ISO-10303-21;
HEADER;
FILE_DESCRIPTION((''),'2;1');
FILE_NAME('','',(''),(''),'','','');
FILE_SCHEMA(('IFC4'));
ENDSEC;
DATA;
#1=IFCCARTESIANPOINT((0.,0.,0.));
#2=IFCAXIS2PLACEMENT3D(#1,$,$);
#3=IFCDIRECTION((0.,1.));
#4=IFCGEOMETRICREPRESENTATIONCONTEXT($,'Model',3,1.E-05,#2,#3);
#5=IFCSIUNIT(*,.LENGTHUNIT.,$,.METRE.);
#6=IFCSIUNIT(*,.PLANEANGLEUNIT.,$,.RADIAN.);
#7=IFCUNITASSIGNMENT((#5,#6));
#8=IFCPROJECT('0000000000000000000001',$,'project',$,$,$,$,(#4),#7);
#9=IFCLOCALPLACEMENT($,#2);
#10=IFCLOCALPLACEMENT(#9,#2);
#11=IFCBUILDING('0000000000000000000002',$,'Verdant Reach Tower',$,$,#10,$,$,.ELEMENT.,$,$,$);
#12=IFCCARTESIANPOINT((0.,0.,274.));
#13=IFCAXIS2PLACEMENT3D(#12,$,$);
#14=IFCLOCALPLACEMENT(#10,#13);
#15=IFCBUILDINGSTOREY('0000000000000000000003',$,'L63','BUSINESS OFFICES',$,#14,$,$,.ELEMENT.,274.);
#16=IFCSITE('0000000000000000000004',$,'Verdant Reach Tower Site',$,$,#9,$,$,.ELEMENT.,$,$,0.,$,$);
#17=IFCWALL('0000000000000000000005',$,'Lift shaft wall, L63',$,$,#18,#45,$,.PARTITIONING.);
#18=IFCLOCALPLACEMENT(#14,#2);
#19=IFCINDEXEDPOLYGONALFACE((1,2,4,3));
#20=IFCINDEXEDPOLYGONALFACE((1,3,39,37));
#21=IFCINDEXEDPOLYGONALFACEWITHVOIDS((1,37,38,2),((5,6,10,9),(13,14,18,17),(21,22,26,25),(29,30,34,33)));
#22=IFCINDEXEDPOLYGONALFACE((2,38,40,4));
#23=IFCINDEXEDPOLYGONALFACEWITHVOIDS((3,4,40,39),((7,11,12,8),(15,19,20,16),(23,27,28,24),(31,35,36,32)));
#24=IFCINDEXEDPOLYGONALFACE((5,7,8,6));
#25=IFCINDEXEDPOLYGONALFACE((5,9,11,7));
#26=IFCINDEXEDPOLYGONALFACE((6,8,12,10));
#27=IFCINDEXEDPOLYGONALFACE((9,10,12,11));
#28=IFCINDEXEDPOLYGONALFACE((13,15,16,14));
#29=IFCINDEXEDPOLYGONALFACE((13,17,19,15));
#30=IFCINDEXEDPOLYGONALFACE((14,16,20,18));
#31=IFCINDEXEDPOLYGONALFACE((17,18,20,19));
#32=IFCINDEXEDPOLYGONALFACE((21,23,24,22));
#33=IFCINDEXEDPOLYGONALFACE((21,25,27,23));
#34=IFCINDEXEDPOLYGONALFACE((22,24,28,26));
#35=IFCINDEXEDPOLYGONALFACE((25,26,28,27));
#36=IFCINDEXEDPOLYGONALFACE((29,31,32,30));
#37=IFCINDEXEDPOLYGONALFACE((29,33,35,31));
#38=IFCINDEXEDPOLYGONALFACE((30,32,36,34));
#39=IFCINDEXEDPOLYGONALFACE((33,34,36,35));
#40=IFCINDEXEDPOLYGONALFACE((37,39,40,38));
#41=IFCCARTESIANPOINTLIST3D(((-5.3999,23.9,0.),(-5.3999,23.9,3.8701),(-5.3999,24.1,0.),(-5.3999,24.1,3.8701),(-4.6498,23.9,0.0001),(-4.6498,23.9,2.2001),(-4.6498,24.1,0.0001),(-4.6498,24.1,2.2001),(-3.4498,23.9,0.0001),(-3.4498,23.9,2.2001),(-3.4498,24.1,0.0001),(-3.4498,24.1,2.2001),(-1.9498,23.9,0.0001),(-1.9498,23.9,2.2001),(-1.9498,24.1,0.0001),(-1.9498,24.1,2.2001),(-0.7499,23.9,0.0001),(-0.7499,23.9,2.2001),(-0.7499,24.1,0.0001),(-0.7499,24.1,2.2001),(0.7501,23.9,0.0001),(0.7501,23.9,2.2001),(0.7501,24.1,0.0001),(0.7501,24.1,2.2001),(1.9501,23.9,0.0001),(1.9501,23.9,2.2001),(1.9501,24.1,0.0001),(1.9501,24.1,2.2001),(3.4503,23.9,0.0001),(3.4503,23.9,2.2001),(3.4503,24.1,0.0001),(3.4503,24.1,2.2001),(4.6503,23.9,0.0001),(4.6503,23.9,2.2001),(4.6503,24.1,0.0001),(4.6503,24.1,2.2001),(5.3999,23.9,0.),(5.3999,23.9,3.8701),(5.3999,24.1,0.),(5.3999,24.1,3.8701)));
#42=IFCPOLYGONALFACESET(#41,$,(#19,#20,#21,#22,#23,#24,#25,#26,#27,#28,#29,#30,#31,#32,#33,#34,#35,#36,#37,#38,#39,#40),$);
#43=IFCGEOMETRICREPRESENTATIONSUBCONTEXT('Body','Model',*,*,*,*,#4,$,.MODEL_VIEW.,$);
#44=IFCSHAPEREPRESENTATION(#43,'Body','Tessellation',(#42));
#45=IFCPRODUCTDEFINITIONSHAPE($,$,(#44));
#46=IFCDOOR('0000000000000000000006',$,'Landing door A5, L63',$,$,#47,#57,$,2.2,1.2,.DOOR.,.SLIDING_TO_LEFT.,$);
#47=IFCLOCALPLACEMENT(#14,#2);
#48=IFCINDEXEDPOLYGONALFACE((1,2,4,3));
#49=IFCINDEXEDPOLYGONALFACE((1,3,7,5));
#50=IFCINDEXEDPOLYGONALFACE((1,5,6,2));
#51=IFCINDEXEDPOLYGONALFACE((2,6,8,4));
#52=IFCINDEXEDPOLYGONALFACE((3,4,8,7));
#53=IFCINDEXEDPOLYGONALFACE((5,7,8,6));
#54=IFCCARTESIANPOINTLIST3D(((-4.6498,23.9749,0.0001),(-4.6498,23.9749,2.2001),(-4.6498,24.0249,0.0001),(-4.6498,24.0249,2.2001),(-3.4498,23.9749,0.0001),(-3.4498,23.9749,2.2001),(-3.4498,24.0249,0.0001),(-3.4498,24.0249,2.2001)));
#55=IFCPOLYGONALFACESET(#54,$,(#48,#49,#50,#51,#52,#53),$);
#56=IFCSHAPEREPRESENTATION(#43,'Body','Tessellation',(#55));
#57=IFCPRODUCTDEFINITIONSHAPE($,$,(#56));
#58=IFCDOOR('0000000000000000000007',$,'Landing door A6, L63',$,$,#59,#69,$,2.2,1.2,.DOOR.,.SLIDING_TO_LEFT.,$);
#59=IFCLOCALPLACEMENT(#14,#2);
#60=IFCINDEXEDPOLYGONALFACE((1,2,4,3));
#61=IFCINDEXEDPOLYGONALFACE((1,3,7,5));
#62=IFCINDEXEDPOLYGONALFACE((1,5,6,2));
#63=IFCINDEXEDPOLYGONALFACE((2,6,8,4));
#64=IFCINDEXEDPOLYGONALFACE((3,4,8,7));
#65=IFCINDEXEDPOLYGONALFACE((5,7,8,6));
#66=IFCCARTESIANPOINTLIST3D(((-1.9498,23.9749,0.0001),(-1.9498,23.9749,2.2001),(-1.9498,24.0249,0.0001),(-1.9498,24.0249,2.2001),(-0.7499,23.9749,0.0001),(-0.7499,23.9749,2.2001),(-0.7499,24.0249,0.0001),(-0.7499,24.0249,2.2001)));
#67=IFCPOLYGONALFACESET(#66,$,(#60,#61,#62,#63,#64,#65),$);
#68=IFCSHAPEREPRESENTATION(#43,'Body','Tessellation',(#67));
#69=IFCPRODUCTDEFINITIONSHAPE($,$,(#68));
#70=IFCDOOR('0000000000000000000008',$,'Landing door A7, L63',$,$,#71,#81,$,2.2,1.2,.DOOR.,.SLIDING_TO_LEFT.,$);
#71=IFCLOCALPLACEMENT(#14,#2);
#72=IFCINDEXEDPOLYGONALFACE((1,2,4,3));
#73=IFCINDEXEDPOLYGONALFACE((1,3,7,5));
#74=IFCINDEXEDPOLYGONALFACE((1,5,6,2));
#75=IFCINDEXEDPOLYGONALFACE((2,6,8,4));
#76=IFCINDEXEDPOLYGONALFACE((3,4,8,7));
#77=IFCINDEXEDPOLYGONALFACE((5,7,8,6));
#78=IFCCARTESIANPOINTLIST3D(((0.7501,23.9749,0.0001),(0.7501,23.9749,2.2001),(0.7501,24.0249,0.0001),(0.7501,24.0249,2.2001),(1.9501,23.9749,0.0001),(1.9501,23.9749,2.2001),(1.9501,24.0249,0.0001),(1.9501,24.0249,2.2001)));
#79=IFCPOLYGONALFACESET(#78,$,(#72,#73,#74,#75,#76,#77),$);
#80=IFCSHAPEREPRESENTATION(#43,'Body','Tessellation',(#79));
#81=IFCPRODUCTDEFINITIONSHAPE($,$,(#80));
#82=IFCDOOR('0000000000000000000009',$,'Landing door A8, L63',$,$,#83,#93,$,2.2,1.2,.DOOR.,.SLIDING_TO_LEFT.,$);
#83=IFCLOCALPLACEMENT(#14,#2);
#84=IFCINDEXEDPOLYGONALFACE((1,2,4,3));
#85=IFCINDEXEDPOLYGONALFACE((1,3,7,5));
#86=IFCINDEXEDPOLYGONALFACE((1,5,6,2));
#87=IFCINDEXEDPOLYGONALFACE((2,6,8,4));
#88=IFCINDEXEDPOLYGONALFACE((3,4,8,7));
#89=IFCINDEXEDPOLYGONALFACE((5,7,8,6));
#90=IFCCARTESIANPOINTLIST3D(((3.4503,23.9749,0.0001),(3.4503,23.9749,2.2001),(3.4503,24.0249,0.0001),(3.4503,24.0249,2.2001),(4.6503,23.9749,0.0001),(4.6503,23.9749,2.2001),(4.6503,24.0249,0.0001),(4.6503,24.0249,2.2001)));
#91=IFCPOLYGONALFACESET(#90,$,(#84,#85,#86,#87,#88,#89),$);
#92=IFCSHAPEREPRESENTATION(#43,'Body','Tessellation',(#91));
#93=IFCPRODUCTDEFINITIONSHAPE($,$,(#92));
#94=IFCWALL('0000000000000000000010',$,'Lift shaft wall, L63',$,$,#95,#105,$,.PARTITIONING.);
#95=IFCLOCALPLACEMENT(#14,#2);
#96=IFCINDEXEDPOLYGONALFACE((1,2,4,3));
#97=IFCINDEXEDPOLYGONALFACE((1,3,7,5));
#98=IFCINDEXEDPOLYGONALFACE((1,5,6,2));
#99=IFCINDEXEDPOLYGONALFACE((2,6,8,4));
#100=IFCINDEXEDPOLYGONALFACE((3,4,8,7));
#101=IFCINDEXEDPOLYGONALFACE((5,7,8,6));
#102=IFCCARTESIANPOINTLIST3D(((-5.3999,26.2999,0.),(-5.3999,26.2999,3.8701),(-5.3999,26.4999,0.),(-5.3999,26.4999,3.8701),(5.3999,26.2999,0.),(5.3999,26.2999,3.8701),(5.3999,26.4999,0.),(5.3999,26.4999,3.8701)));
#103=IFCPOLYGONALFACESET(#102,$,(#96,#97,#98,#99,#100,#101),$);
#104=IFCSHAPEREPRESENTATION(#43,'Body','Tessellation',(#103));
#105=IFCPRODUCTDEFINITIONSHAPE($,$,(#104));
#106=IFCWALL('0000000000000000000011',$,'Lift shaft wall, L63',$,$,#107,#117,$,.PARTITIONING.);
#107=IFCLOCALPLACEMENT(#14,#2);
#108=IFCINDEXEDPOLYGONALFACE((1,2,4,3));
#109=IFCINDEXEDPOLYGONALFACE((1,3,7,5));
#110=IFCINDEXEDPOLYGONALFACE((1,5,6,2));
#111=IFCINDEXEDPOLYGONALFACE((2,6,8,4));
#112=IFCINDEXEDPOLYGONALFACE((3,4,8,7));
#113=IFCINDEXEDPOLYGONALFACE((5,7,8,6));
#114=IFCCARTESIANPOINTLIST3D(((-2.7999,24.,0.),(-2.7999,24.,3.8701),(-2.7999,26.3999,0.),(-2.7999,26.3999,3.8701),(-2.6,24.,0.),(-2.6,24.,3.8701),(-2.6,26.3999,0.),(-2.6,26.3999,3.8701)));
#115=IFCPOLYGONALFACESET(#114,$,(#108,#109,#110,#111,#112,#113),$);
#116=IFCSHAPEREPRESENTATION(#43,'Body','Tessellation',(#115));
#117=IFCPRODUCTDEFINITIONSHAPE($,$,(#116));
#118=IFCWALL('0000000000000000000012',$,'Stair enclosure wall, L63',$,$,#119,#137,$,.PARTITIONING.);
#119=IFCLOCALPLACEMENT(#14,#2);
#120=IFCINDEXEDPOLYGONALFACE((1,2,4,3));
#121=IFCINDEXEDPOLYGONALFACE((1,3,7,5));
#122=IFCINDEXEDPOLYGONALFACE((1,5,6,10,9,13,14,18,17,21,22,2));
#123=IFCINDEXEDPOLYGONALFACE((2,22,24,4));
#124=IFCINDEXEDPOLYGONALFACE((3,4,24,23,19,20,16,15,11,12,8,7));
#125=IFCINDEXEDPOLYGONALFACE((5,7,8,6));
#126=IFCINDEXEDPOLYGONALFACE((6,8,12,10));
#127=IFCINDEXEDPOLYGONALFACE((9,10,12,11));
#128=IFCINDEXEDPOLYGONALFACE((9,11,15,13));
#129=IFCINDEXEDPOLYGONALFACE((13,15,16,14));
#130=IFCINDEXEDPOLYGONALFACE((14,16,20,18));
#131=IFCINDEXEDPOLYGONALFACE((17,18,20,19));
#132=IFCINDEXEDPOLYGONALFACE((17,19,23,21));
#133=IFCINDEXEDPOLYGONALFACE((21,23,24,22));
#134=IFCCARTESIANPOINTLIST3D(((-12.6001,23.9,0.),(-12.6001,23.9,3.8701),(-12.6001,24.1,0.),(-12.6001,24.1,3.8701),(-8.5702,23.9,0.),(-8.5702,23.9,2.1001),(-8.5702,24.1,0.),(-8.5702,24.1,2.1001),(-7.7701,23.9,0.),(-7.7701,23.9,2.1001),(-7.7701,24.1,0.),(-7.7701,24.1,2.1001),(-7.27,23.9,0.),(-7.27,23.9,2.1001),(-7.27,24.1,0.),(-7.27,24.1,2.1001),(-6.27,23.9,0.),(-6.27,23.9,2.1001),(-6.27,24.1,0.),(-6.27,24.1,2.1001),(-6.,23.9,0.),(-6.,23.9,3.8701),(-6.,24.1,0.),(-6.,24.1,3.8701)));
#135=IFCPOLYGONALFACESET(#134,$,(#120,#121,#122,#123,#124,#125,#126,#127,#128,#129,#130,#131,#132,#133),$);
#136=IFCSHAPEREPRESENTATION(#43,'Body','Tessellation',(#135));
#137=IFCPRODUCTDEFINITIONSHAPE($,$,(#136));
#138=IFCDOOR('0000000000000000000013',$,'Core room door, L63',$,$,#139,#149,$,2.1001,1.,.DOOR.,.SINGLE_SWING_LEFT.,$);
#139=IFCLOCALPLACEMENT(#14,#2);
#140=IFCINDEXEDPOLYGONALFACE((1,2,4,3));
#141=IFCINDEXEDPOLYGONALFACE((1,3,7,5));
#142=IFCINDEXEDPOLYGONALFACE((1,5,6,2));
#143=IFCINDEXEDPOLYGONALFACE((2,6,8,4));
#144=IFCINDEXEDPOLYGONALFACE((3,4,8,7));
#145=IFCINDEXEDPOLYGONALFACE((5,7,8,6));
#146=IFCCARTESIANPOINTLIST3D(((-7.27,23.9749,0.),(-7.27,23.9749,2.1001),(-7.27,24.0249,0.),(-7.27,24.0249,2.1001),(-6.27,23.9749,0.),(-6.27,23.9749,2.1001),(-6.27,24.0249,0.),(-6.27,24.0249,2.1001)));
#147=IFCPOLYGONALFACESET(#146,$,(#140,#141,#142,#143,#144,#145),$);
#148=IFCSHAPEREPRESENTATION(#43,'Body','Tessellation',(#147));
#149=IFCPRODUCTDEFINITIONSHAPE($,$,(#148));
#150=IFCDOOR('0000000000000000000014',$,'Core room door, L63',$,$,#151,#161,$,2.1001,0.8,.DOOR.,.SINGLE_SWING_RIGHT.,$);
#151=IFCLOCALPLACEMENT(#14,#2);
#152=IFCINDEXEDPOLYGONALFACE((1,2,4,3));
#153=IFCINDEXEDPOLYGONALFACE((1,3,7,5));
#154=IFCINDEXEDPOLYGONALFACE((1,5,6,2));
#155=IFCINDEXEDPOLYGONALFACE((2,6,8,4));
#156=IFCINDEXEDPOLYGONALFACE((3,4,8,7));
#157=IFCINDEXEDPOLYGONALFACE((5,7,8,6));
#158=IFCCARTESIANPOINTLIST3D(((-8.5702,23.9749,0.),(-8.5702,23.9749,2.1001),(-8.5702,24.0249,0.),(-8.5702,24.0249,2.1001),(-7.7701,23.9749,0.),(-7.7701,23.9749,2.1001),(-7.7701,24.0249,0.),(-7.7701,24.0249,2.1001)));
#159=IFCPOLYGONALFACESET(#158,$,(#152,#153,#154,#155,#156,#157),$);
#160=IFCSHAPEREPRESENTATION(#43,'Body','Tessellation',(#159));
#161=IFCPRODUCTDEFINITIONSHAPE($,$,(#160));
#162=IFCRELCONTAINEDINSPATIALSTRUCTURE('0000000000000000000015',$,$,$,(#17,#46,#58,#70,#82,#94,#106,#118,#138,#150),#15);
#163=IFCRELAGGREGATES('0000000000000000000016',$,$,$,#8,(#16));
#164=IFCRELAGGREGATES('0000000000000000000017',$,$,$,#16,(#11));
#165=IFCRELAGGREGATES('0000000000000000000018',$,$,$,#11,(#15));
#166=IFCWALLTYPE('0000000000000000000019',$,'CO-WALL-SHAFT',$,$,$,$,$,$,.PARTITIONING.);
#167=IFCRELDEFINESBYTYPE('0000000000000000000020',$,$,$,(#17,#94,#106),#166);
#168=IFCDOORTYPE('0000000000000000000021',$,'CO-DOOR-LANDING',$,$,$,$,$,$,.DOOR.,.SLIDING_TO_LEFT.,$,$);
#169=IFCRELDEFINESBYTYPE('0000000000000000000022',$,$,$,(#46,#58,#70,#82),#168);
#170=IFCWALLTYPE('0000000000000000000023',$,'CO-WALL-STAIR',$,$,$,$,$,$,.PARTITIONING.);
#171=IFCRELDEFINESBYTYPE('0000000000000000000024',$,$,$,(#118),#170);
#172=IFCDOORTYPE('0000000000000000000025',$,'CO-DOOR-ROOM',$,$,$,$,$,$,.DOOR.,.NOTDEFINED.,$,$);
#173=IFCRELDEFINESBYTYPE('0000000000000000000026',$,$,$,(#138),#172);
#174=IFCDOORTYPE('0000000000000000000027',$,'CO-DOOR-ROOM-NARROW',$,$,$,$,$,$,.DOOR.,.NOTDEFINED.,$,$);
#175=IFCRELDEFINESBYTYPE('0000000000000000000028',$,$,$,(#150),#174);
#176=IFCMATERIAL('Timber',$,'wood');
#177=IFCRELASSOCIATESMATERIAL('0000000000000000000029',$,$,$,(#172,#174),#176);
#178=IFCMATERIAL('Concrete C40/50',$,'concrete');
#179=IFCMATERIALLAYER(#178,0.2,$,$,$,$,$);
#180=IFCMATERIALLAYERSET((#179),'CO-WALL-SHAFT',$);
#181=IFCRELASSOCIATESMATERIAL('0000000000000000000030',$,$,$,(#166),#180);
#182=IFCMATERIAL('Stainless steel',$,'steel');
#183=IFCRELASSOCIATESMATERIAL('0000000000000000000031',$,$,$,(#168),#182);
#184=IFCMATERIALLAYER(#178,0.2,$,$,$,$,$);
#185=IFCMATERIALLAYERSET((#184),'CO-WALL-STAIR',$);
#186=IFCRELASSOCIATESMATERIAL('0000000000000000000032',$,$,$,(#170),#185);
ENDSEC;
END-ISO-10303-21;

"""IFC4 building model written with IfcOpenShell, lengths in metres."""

from ifc_helpers import new_model, si_unit, direction, frame, frame_2d, origin, place, context, subcontext, project, spatial, rectangle, extrude, material, layer, layer_set, type_object, element, fill, save


model = new_model("IFC4")

# Units and contexts
model_context = context("Model", 3, precision=1e-05, world=origin(), true_north=direction((0.0, 1.0)))
body_context = subcontext(model_context, "Body", "Model", "MODEL_VIEW")
ifc_project = project(units=[si_unit("LENGTHUNIT", "METRE"), si_unit("PLANEANGLEUNIT", "RADIAN")], contexts=[model_context])

# Site, building, storey
site_placement = place(None, origin())
site = spatial("IfcSite", under=ifc_project, at=site_placement, Name="Verdant Reach Tower Site", CompositionType="ELEMENT", RefElevation=0.0)
building_placement = place(site_placement, origin())
building = spatial("IfcBuilding", under=site, at=building_placement, Name="Verdant Reach Tower", CompositionType="ELEMENT")
storey_placement = place(building_placement, frame((0.0, 0.0, 274.0)))
storey = spatial("IfcBuildingStorey", under=building, at=storey_placement, Name="L63", Description="BUSINESS OFFICES", CompositionType="ELEMENT", Elevation=274.0)

# Shared definitions
ifc_material_1 = material(Name="Timber", Category="wood")
door_type_1 = type_object("IfcDoorType", Name="CO-DOOR-ROOM", OperationType="NOTDEFINED", PredefinedType="DOOR", material=ifc_material_1)

# Wall, openings, doors
ifc_material_2 = material(Name="Concrete C40/50", Category="concrete")
ifc_layer_1 = layer(ifc_material_2, 0.2)
ifc_layer_set_1 = layer_set([ifc_layer_1], Name="CO-WALL-SHAFT")
wall_type_1 = type_object("IfcWallType", Name="CO-WALL-SHAFT", PredefinedType="PARTITIONING", material=ifc_layer_set_1)
ifc_material_3 = material(Name="Stainless steel", Category="steel")
door_type_2 = type_object("IfcDoorType", Name="CO-DOOR-LANDING", OperationType="SLIDING_TO_LEFT", PredefinedType="DOOR", material=ifc_material_3)
wall_1_placement = place(storey_placement, frame((-5.3999, 24.0, 0.0), z_axis=(0.0, 0.0, 1.0), x_axis=(1.0, 0.0, 0.0)))
wall_1 = element("IfcWall", 1, at=wall_1_placement, inside=storey, type_object=wall_type_1, Name="Lift shaft wall, L63", PredefinedType="PARTITIONING", context=body_context, shape_type="SweptSolid", body=[
    extrude(rectangle(XDim=10.7998, YDim=0.2, at=frame_2d((5.3999, 0.0))), origin(), (0.0, 0.0, 1.0), 3.8701),
])
opening_1_placement = place(wall_1_placement, frame((0.75, 0.0, 0.0)))
opening_1 = element("IfcOpeningElement", 2, at=opening_1_placement, cuts=wall_1, PredefinedType="OPENING", context=body_context, shape_type="SweptSolid", body=[
    extrude(rectangle(XDim=1.2, YDim=2.2, at=frame_2d((0.6001, 1.1001))), frame((0.0, 0.1099, 0.0), z_axis=(0.0, -1.0, 0.0), x_axis=(1.0, 0.0, 0.0)), (0.0, 0.0, 1.0), 0.22),
])
opening_2_placement = place(wall_1_placement, frame((3.45, 0.0, 0.0)))
opening_2 = element("IfcOpeningElement", 3, at=opening_2_placement, cuts=wall_1, PredefinedType="OPENING", context=body_context, shape_type="SweptSolid", body=[
    extrude(rectangle(XDim=1.2, YDim=2.2, at=frame_2d((0.6001, 1.1001))), frame((0.0, 0.1099, 0.0), z_axis=(0.0, -1.0, 0.0), x_axis=(1.0, 0.0, 0.0)), (0.0, 0.0, 1.0), 0.22),
])
opening_3_placement = place(wall_1_placement, frame((6.1499, 0.0, 0.0)))
opening_3 = element("IfcOpeningElement", 4, at=opening_3_placement, cuts=wall_1, PredefinedType="OPENING", context=body_context, shape_type="SweptSolid", body=[
    extrude(rectangle(XDim=1.2, YDim=2.2, at=frame_2d((0.6001, 1.1001))), frame((0.0, 0.1099, 0.0), z_axis=(0.0, -1.0, 0.0), x_axis=(1.0, 0.0, 0.0)), (0.0, 0.0, 1.0), 0.22),
])
opening_4_placement = place(wall_1_placement, frame((8.8501, 0.0, 0.0)))
opening_4 = element("IfcOpeningElement", 5, at=opening_4_placement, cuts=wall_1, PredefinedType="OPENING", context=body_context, shape_type="SweptSolid", body=[
    extrude(rectangle(XDim=1.2, YDim=2.2, at=frame_2d((0.6001, 1.1001))), frame((0.0, 0.1099, 0.0), z_axis=(0.0, -1.0, 0.0), x_axis=(1.0, 0.0, 0.0)), (0.0, 0.0, 1.0), 0.22),
])
door_1_placement = place(opening_1_placement, origin())
door_1 = element("IfcDoor", 6, at=door_1_placement, inside=storey, type_object=door_type_2, Name="Landing door A5, L63", OperationType="SLIDING_TO_LEFT", OverallHeight=2.2, OverallWidth=1.2, PredefinedType="DOOR", context=body_context, shape_type="SweptSolid", body=[
    extrude(rectangle(XDim=1.2, YDim=2.2, at=frame_2d((0.6001, 1.1001))), frame((0.0, 0.0249, 0.0), z_axis=(0.0, -1.0, 0.0), x_axis=(1.0, 0.0, 0.0)), (0.0, 0.0, 1.0), 0.05),
])
fill(opening_1, door_1)
door_2_placement = place(opening_2_placement, origin())
door_2 = element("IfcDoor", 7, at=door_2_placement, inside=storey, type_object=door_type_2, Name="Landing door A6, L63", OperationType="SLIDING_TO_LEFT", OverallHeight=2.2, OverallWidth=1.2, PredefinedType="DOOR", context=body_context, shape_type="SweptSolid", body=[
    extrude(rectangle(XDim=1.2, YDim=2.2, at=frame_2d((0.6001, 1.1001))), frame((0.0, 0.0249, 0.0), z_axis=(0.0, -1.0, 0.0), x_axis=(1.0, 0.0, 0.0)), (0.0, 0.0, 1.0), 0.05),
])
fill(opening_2, door_2)
door_3_placement = place(opening_3_placement, origin())
door_3 = element("IfcDoor", 8, at=door_3_placement, inside=storey, type_object=door_type_2, Name="Landing door A7, L63", OperationType="SLIDING_TO_LEFT", OverallHeight=2.2, OverallWidth=1.2, PredefinedType="DOOR", context=body_context, shape_type="SweptSolid", body=[
    extrude(rectangle(XDim=1.2, YDim=2.2, at=frame_2d((0.6001, 1.1001))), frame((0.0, 0.0249, 0.0), z_axis=(0.0, -1.0, 0.0), x_axis=(1.0, 0.0, 0.0)), (0.0, 0.0, 1.0), 0.05),
])
fill(opening_3, door_3)
door_4_placement = place(opening_4_placement, origin())
door_4 = element("IfcDoor", 9, at=door_4_placement, inside=storey, type_object=door_type_2, Name="Landing door A8, L63", OperationType="SLIDING_TO_LEFT", OverallHeight=2.2, OverallWidth=1.2, PredefinedType="DOOR", context=body_context, shape_type="SweptSolid", body=[
    extrude(rectangle(XDim=1.2, YDim=2.2, at=frame_2d((0.6001, 1.1001))), frame((0.0, 0.0249, 0.0), z_axis=(0.0, -1.0, 0.0), x_axis=(1.0, 0.0, 0.0)), (0.0, 0.0, 1.0), 0.05),
])
fill(opening_4, door_4)

# Walls
wall_2_placement = place(storey_placement, frame((-5.3999, 26.3999, 0.0), z_axis=(0.0, 0.0, 1.0), x_axis=(1.0, 0.0, 0.0)))
element("IfcWall", 10, at=wall_2_placement, inside=storey, type_object=wall_type_1, Name="Lift shaft wall, L63", PredefinedType="PARTITIONING", context=body_context, shape_type="SweptSolid", body=[
    extrude(rectangle(XDim=10.7998, YDim=0.2, at=frame_2d((5.3999, 0.0))), origin(), (0.0, 0.0, 1.0), 3.8701),
])
wall_3_placement = place(storey_placement, frame((-2.7, 24.0, 0.0), z_axis=(0.0, 0.0, 1.0), x_axis=(0.0, 1.0, 0.0)))
element("IfcWall", 11, at=wall_3_placement, inside=storey, type_object=wall_type_1, Name="Lift shaft wall, L63", PredefinedType="PARTITIONING", context=body_context, shape_type="SweptSolid", body=[
    extrude(rectangle(XDim=2.3999, YDim=0.2, at=frame_2d((1.2, 0.0))), origin(), (0.0, 0.0, 1.0), 3.8701),
])

# Wall, openings, doors
ifc_layer_2 = layer(ifc_material_2, 0.2)
ifc_layer_set_2 = layer_set([ifc_layer_2], Name="CO-WALL-STAIR")
wall_type_2 = type_object("IfcWallType", Name="CO-WALL-STAIR", PredefinedType="PARTITIONING", material=ifc_layer_set_2)
wall_4_placement = place(storey_placement, frame((-12.6001, 24.0, 0.0), z_axis=(0.0, 0.0, 1.0), x_axis=(1.0, 0.0, 0.0)))
wall_4 = element("IfcWall", 12, at=wall_4_placement, inside=storey, type_object=wall_type_2, Name="Stair enclosure wall, L63", PredefinedType="PARTITIONING", context=body_context, shape_type="SweptSolid", body=[
    extrude(rectangle(XDim=6.6001, YDim=0.2, at=frame_2d((3.3, 0.0))), origin(), (0.0, 0.0, 1.0), 3.8701),
])
opening_5_placement = place(wall_4_placement, frame((4.03, 0.0, 0.0)))
opening_5 = element("IfcOpeningElement", 13, at=opening_5_placement, cuts=wall_4, PredefinedType="OPENING", context=body_context, shape_type="SweptSolid", body=[
    extrude(rectangle(XDim=0.8, YDim=2.1001, at=frame_2d((0.3999, 1.05))), frame((0.0, 0.1099, 0.0), z_axis=(0.0, -1.0, 0.0), x_axis=(1.0, 0.0, 0.0)), (0.0, 0.0, 1.0), 0.22),
])
opening_6_placement = place(wall_4_placement, frame((5.3301, 0.0, 0.0)))
opening_6 = element("IfcOpeningElement", 14, at=opening_6_placement, cuts=wall_4, PredefinedType="OPENING", context=body_context, shape_type="SweptSolid", body=[
    extrude(rectangle(XDim=1.0, YDim=2.1001, at=frame_2d((0.5, 1.05))), frame((0.0, 0.1099, 0.0), z_axis=(0.0, -1.0, 0.0), x_axis=(1.0, 0.0, 0.0)), (0.0, 0.0, 1.0), 0.22),
])
door_5_placement = place(opening_6_placement, origin())
door_5 = element("IfcDoor", 15, at=door_5_placement, inside=storey, type_object=door_type_1, Name="Core room door, L63", OperationType="SINGLE_SWING_LEFT", OverallHeight=2.1001, OverallWidth=1.0, PredefinedType="DOOR", context=body_context, shape_type="SweptSolid", body=[
    extrude(rectangle(XDim=1.0, YDim=2.1001, at=frame_2d((0.5, 1.05))), frame((0.0, 0.0249, 0.0), z_axis=(0.0, -1.0, 0.0), x_axis=(1.0, 0.0, 0.0)), (0.0, 0.0, 1.0), 0.05),
])
fill(opening_6, door_5)
door_type_3 = type_object("IfcDoorType", Name="CO-DOOR-ROOM-NARROW", OperationType="NOTDEFINED", PredefinedType="DOOR", material=ifc_material_1)
door_6_placement = place(opening_5_placement, origin())
door_6 = element("IfcDoor", 16, at=door_6_placement, inside=storey, type_object=door_type_3, Name="Core room door, L63", OperationType="SINGLE_SWING_RIGHT", OverallHeight=2.1001, OverallWidth=0.8, PredefinedType="DOOR", context=body_context, shape_type="SweptSolid", body=[
    extrude(rectangle(XDim=0.8, YDim=2.1001, at=frame_2d((0.3999, 1.05))), frame((0.0, 0.0249, 0.0), z_axis=(0.0, -1.0, 0.0), x_axis=(1.0, 0.0, 0.0)), (0.0, 0.0, 1.0), 0.05),
])
fill(opening_5, door_6)

save(model, "model.ifc")
